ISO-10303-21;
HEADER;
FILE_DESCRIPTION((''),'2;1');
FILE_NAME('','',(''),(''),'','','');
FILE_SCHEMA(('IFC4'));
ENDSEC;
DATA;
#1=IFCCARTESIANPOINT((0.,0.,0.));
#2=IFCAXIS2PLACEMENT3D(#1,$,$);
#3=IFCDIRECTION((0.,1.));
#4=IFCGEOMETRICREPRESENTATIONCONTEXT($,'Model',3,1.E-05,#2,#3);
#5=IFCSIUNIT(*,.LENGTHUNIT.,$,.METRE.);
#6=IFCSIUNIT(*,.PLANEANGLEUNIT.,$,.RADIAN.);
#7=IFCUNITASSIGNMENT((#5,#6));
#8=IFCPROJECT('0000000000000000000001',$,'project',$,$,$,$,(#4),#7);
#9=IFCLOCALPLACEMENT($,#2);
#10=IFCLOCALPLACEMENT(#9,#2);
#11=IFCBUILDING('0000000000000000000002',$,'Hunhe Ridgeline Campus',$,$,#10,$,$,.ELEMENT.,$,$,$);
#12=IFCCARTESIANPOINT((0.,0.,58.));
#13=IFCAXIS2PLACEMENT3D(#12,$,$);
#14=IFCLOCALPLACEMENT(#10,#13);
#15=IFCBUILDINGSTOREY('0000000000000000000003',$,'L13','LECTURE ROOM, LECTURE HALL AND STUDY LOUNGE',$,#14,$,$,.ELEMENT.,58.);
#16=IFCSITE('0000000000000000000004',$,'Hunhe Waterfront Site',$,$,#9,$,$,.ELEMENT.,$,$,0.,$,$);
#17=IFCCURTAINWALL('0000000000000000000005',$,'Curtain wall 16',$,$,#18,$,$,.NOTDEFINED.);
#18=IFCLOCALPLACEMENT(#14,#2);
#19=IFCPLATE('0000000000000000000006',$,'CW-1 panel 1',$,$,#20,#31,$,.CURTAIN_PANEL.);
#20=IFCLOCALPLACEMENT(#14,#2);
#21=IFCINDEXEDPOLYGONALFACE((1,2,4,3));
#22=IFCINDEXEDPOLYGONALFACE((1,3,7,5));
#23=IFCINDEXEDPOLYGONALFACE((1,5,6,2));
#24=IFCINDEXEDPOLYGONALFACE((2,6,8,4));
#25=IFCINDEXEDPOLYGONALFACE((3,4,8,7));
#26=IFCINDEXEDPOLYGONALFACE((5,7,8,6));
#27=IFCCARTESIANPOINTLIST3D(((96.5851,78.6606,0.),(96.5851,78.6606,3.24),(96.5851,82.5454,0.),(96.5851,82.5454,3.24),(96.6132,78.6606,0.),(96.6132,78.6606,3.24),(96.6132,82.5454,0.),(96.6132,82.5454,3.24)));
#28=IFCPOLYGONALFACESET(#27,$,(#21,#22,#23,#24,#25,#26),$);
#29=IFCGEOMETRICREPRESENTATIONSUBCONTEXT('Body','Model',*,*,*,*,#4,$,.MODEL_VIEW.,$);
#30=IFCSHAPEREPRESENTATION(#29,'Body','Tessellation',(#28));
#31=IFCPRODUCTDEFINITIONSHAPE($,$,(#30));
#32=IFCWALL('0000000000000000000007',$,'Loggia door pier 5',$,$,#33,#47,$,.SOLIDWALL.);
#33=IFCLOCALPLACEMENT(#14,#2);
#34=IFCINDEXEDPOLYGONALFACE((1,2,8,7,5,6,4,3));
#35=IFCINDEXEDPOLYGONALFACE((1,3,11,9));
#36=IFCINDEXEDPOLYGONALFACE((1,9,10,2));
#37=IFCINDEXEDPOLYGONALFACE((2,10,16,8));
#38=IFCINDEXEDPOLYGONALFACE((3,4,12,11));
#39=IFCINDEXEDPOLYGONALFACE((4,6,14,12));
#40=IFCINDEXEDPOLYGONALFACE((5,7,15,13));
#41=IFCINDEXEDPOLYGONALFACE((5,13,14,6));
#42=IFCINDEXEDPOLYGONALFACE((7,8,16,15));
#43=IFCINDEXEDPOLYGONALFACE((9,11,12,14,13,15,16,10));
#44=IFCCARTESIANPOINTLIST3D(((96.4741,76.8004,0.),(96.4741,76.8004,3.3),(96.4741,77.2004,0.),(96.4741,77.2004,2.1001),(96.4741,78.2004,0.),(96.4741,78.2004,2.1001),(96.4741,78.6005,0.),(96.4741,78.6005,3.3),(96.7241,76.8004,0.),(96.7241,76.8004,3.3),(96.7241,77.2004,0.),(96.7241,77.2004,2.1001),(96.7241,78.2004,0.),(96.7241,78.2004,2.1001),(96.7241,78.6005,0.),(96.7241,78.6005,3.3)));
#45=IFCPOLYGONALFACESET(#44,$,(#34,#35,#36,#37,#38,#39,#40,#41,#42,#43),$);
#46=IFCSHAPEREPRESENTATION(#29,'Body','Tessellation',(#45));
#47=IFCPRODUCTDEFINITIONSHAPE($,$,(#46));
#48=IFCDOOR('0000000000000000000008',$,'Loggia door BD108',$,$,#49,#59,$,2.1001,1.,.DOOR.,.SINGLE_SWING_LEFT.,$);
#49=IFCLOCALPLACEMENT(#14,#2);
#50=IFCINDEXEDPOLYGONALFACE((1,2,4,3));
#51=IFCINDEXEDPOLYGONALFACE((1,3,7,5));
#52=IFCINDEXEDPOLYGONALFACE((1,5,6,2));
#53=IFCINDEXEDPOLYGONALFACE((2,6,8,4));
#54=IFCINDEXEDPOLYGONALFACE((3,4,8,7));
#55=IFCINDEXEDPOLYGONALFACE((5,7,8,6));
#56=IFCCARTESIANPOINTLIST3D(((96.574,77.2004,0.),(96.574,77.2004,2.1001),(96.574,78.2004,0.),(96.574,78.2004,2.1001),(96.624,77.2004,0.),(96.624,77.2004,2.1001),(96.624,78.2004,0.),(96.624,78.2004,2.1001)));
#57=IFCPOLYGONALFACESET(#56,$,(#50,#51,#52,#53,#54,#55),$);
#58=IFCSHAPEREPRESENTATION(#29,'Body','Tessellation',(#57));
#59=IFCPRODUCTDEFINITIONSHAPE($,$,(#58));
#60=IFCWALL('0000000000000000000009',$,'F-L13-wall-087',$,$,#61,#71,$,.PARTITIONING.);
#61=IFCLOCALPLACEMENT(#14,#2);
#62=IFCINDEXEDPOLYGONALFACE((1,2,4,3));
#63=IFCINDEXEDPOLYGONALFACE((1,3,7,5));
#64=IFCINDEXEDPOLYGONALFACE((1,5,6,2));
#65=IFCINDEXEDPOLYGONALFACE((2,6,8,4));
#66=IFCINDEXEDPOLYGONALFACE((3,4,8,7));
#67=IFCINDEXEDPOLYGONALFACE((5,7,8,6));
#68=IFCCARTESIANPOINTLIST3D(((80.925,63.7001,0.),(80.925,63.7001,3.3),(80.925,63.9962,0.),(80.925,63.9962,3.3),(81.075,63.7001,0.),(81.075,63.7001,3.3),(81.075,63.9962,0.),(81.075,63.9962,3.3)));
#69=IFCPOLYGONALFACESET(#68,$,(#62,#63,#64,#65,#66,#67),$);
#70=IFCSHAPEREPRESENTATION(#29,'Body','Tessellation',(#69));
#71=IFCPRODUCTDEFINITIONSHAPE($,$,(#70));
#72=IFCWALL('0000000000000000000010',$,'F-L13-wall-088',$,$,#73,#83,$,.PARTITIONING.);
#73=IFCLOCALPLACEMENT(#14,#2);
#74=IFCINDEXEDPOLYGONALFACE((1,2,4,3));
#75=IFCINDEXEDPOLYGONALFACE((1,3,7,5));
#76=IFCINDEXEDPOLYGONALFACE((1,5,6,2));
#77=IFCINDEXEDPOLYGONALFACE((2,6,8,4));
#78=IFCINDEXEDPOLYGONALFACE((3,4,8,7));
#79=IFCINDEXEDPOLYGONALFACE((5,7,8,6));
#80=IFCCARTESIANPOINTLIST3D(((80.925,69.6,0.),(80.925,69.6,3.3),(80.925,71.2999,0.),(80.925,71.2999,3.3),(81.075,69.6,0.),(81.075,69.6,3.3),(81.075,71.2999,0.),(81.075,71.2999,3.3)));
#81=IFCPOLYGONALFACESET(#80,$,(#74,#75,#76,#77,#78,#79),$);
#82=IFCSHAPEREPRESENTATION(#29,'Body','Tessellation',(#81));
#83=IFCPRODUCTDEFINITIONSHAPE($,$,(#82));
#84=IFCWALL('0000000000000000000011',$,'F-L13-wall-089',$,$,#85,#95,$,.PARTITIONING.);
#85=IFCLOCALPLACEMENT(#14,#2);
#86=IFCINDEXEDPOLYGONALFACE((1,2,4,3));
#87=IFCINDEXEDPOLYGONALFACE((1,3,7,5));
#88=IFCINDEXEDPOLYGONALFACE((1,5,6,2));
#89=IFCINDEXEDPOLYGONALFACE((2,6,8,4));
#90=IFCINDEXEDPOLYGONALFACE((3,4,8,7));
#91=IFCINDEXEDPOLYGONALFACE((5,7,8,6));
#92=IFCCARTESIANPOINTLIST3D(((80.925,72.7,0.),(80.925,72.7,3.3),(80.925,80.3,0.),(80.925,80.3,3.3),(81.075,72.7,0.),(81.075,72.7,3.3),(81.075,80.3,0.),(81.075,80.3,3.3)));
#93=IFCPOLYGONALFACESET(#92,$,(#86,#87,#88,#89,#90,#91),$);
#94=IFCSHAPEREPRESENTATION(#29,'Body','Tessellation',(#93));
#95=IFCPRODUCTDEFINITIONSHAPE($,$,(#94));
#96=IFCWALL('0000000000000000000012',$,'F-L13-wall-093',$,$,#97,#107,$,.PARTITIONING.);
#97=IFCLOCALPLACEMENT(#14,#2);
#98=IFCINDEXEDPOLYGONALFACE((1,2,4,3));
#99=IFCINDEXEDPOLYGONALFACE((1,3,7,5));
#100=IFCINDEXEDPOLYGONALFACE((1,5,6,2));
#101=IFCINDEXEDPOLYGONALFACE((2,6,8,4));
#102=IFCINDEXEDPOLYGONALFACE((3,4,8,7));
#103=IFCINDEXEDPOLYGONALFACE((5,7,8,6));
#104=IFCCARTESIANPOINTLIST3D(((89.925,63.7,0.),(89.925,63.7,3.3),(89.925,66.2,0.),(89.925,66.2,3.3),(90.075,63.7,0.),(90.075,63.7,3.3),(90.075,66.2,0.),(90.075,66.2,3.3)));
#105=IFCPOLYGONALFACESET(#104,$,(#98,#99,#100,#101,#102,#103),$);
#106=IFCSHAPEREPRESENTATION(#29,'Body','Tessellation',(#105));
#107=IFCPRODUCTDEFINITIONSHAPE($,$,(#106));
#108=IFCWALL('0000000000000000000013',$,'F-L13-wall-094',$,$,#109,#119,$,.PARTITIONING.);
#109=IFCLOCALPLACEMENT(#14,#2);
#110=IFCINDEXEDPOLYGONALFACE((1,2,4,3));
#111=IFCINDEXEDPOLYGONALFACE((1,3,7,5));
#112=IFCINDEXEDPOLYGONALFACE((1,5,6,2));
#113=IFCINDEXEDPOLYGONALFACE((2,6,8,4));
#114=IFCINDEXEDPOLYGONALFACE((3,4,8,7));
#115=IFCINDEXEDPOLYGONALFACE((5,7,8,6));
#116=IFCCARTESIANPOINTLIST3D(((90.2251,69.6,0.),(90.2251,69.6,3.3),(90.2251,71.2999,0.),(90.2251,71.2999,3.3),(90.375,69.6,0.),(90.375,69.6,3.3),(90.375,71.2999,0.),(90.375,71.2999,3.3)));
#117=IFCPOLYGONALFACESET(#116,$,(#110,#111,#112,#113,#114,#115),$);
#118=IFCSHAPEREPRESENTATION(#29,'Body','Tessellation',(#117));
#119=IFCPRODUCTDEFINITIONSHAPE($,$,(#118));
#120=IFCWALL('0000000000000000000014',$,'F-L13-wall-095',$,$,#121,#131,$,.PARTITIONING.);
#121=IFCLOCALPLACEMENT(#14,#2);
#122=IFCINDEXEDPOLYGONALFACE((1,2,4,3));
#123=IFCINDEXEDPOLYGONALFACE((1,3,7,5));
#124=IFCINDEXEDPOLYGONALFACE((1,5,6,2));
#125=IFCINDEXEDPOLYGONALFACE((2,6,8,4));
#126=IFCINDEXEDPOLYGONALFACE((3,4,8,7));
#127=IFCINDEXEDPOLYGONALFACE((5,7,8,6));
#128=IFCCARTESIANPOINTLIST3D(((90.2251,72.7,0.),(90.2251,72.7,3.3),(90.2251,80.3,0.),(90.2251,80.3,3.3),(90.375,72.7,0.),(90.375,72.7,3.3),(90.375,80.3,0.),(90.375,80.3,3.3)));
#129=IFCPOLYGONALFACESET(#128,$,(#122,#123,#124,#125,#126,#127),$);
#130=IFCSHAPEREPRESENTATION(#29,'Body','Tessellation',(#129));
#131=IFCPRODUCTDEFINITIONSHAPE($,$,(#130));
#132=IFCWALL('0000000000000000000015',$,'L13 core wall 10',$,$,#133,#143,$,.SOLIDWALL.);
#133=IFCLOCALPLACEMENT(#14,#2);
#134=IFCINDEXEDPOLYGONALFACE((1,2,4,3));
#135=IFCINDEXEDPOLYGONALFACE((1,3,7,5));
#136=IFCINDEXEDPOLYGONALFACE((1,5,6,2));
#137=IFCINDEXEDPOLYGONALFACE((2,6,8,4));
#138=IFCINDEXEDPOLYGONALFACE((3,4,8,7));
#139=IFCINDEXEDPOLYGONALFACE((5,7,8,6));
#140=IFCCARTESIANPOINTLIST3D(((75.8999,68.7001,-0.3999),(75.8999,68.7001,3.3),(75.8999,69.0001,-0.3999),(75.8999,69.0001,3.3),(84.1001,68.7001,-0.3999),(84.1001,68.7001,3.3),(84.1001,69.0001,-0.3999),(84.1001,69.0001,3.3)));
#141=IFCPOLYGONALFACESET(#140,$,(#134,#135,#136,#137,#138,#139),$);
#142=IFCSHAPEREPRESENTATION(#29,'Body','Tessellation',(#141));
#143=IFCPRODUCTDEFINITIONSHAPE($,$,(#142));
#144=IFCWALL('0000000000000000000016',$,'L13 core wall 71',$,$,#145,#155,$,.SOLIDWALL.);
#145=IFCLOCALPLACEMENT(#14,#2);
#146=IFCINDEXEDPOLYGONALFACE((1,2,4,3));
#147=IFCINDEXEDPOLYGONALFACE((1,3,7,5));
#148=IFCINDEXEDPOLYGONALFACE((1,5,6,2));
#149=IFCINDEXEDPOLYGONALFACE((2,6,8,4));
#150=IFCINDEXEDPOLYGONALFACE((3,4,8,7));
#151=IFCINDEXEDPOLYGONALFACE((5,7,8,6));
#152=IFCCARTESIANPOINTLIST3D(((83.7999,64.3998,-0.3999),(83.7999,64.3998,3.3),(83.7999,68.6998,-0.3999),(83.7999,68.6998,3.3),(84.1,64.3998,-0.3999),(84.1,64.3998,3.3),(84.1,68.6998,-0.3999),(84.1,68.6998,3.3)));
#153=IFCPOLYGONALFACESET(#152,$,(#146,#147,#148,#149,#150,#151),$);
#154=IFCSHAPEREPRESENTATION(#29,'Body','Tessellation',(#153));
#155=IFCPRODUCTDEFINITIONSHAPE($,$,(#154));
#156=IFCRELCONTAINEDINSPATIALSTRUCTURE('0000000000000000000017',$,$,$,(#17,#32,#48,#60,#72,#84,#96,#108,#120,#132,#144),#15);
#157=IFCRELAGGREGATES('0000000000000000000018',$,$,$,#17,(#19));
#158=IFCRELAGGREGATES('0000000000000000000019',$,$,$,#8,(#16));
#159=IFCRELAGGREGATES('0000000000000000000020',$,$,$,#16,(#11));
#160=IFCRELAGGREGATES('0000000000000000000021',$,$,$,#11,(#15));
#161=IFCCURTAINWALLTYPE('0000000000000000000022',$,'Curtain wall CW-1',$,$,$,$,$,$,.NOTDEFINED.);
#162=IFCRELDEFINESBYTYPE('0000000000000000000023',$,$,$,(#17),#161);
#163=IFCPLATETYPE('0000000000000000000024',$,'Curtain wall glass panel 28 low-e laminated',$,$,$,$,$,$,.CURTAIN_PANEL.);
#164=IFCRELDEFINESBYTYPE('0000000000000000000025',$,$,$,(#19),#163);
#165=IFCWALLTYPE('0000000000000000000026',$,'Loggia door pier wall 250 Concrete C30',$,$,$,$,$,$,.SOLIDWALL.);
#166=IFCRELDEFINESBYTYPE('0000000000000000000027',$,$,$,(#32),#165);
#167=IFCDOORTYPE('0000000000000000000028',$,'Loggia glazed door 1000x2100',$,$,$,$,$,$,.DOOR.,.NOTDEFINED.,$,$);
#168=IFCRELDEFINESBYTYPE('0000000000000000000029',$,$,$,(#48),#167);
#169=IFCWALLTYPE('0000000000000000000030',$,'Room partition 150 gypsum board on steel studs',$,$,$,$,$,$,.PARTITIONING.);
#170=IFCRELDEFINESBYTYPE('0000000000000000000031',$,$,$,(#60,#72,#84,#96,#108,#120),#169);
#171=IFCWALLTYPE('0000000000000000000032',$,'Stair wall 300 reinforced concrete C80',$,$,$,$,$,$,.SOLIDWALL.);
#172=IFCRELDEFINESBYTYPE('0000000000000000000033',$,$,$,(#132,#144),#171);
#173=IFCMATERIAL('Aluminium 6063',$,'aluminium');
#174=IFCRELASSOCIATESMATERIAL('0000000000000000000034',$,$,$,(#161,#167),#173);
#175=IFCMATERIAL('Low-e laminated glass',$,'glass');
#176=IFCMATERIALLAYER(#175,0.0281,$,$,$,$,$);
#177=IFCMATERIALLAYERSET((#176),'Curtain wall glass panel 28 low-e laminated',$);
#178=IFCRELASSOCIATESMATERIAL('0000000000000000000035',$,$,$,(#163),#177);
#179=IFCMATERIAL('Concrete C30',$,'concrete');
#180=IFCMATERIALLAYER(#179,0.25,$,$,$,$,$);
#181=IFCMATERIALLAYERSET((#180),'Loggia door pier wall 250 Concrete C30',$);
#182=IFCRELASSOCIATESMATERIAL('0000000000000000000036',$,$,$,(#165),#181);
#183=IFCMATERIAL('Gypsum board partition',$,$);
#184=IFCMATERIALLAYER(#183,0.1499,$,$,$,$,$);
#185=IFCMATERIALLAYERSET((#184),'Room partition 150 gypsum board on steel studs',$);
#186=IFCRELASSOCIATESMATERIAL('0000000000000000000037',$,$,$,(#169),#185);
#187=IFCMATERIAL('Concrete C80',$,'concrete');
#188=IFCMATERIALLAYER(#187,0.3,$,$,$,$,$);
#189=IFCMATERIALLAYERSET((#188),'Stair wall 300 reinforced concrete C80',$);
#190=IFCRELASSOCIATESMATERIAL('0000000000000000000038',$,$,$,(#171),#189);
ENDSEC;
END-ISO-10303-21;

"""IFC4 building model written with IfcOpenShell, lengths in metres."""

from ifc_helpers import new_model, si_unit, direction, frame, frame_2d, origin, origin_2d, place, context, subcontext, project, spatial, rectangle, extrude, material, layer, layer_set, type_object, element, fill, aggregate, save


model = new_model("IFC4")

# Units and contexts
model_context = context("Model", 3, precision=1e-05, world=origin(), true_north=direction((0.0, 1.0)))
body_context = subcontext(model_context, "Body", "Model", "MODEL_VIEW")
ifc_project = project(units=[si_unit("LENGTHUNIT", "METRE"), si_unit("PLANEANGLEUNIT", "RADIAN")], contexts=[model_context])

# Site, building, storey
site_placement = place(None, origin())
site = spatial("IfcSite", under=ifc_project, at=site_placement, Name="Hunhe Waterfront Site", CompositionType="ELEMENT", RefElevation=0.0)
building_placement = place(site_placement, origin())
building = spatial("IfcBuilding", under=site, at=building_placement, Name="Hunhe Ridgeline Campus", CompositionType="ELEMENT")
storey_placement = place(building_placement, frame((0.0, 0.0, 58.0)))
storey = spatial("IfcBuildingStorey", under=building, at=storey_placement, Name="L13", Description="LECTURE ROOM, LECTURE HALL AND STUDY LOUNGE", CompositionType="ELEMENT", Elevation=58.0)

# Shared definitions
ifc_material_1 = material(Name="Concrete C80", Category="concrete")

# Curtain wall
ifc_material_2 = material(Name="Aluminium 6063", Category="aluminium")
curtain_wall_type = type_object("IfcCurtainWallType", Name="Curtain wall CW-1", PredefinedType="NOTDEFINED", material=ifc_material_2)
curtain_wall_1_placement = place(storey_placement, origin())
curtain_wall_1 = element("IfcCurtainWall", 1, at=curtain_wall_1_placement, inside=storey, type_object=curtain_wall_type, Name="Curtain wall 16", PredefinedType="NOTDEFINED")

# Plate
ifc_material_3 = material(Name="Low-e laminated glass", Category="glass")
ifc_layer_1 = layer(ifc_material_3, 0.0281)
ifc_layer_set_1 = layer_set([ifc_layer_1], Name="Curtain wall glass panel 28 low-e laminated")
plate_type = type_object("IfcPlateType", Name="Curtain wall glass panel 28 low-e laminated", PredefinedType="CURTAIN_PANEL", material=ifc_layer_set_1)
plate_1_placement = place(storey_placement, frame((96.5991, 80.603, 0.0), z_axis=(0.0, 0.0, 1.0), x_axis=(0.0, 1.0, 0.0)))
plate_1 = element("IfcPlate", 2, at=plate_1_placement, type_object=plate_type, Name="CW-1 panel 1", PredefinedType="CURTAIN_PANEL", context=body_context, shape_type="SweptSolid", body=[
    extrude(rectangle(XDim=3.8848, YDim=0.0281, at=origin_2d()), origin(), (0.0, 0.0, 1.0), 3.24),
])
aggregate(curtain_wall_1, [plate_1])

# Shared definitions
ifc_material_4 = material(Name="Gypsum board partition")

# Wall, opening, door
ifc_material_5 = material(Name="Concrete C30", Category="concrete")
ifc_layer_2 = layer(ifc_material_5, 0.25)
ifc_layer_set_2 = layer_set([ifc_layer_2], Name="Loggia door pier wall 250 Concrete C30")
wall_type_1 = type_object("IfcWallType", Name="Loggia door pier wall 250 Concrete C30", PredefinedType="SOLIDWALL", material=ifc_layer_set_2)
wall_1_placement = place(storey_placement, frame((96.5991, 76.8005, 0.0), z_axis=(0.0, 0.0, 1.0), x_axis=(0.0, 1.0, 0.0)))
wall_1 = element("IfcWall", 3, at=wall_1_placement, inside=storey, type_object=wall_type_1, Name="Loggia door pier 5", PredefinedType="SOLIDWALL", context=body_context, shape_type="SweptSolid", body=[
    extrude(rectangle(XDim=1.8, YDim=0.25, at=frame_2d((0.8999, 0.0))), origin(), (0.0, 0.0, 1.0), 3.3),
])
opening_1_placement = place(wall_1_placement, frame((0.3999, 0.0, 0.0)))
opening_1 = element("IfcOpeningElement", 4, at=opening_1_placement, cuts=wall_1, PredefinedType="OPENING", context=body_context, shape_type="SweptSolid", body=[
    extrude(rectangle(XDim=1.0, YDim=2.1001, at=frame_2d((0.5, 1.05))), frame((0.0, 0.125, 0.0), z_axis=(0.0, -1.0, 0.0), x_axis=(1.0, 0.0, 0.0)), (0.0, 0.0, 1.0), 0.25),
])
door_type_1 = type_object("IfcDoorType", Name="Loggia glazed door 1000x2100", OperationType="NOTDEFINED", PredefinedType="DOOR", material=ifc_material_2)
door_1_placement = place(opening_1_placement, frame((1.0, 0.0, 0.0), z_axis=(0.0, 0.0, 1.0), x_axis=(-1.0, 0.0, 0.0)))
door_1 = element("IfcDoor", 5, at=door_1_placement, inside=storey, type_object=door_type_1, Name="Loggia door BD108", OperationType="SINGLE_SWING_LEFT", OverallHeight=2.1001, OverallWidth=1.0, PredefinedType="DOOR", context=body_context, shape_type="SweptSolid", body=[
    extrude(rectangle(XDim=1.0, YDim=2.1001, at=frame_2d((0.5, 1.05))), frame((0.0, 0.0249, 0.0), z_axis=(0.0, -1.0, 0.0), x_axis=(1.0, 0.0, 0.0)), (0.0, 0.0, 1.0), 0.05),
])
fill(opening_1, door_1)

# Walls
ifc_layer_3 = layer(ifc_material_4, 0.1499)
ifc_layer_set_3 = layer_set([ifc_layer_3], Name="Room partition 150 gypsum board on steel studs")
wall_type_2 = type_object("IfcWallType", Name="Room partition 150 gypsum board on steel studs", PredefinedType="PARTITIONING", material=ifc_layer_set_3)
wall_2_placement = place(storey_placement, frame((81.0, 63.9961, 0.0), z_axis=(0.0, 0.0, 1.0), x_axis=(0.0, -1.0, 0.0)))
element("IfcWall", 6, at=wall_2_placement, inside=storey, type_object=wall_type_2, Name="F-L13-wall-087", PredefinedType="PARTITIONING", context=body_context, shape_type="SweptSolid", body=[
    extrude(rectangle(XDim=0.2961, YDim=0.1499, at=frame_2d((0.1479, 0.0))), origin(), (0.0, 0.0, 1.0), 3.3),
])
wall_3_placement = place(storey_placement, frame((81.0, 71.3, 0.0), z_axis=(0.0, 0.0, 1.0), x_axis=(0.0, -1.0, 0.0)))
element("IfcWall", 7, at=wall_3_placement, inside=storey, type_object=wall_type_2, Name="F-L13-wall-088", PredefinedType="PARTITIONING", context=body_context, shape_type="SweptSolid", body=[
    extrude(rectangle(XDim=1.7, YDim=0.1499, at=frame_2d((0.8501, 0.0))), origin(), (0.0, 0.0, 1.0), 3.3),
])
wall_4_placement = place(storey_placement, frame((81.0, 80.3, 0.0), z_axis=(0.0, 0.0, 1.0), x_axis=(0.0, -1.0, 0.0)))
element("IfcWall", 8, at=wall_4_placement, inside=storey, type_object=wall_type_2, Name="F-L13-wall-089", PredefinedType="PARTITIONING", context=body_context, shape_type="SweptSolid", body=[
    extrude(rectangle(XDim=7.6001, YDim=0.1499, at=frame_2d((3.8, 0.0))), origin(), (0.0, 0.0, 1.0), 3.3),
])
wall_5_placement = place(storey_placement, frame((90.0, 66.2, 0.0), z_axis=(0.0, 0.0, 1.0), x_axis=(0.0, -1.0, 0.0)))
element("IfcWall", 9, at=wall_5_placement, inside=storey, type_object=wall_type_2, Name="F-L13-wall-093", PredefinedType="PARTITIONING", context=body_context, shape_type="SweptSolid", body=[
    extrude(rectangle(XDim=2.5, YDim=0.1499, at=frame_2d((1.25, 0.0))), origin(), (0.0, 0.0, 1.0), 3.3),
])
wall_6_placement = place(storey_placement, frame((90.3, 71.3, 0.0), z_axis=(0.0, 0.0, 1.0), x_axis=(0.0, -1.0, 0.0)))
element("IfcWall", 10, at=wall_6_placement, inside=storey, type_object=wall_type_2, Name="F-L13-wall-094", PredefinedType="PARTITIONING", context=body_context, shape_type="SweptSolid", body=[
    extrude(rectangle(XDim=1.7, YDim=0.1499, at=frame_2d((0.8501, 0.0))), origin(), (0.0, 0.0, 1.0), 3.3),
])
wall_7_placement = place(storey_placement, frame((90.3, 80.3, 0.0), z_axis=(0.0, 0.0, 1.0), x_axis=(0.0, -1.0, 0.0)))
element("IfcWall", 11, at=wall_7_placement, inside=storey, type_object=wall_type_2, Name="F-L13-wall-095", PredefinedType="PARTITIONING", context=body_context, shape_type="SweptSolid", body=[
    extrude(rectangle(XDim=7.6001, YDim=0.1499, at=frame_2d((3.8, 0.0))), origin(), (0.0, 0.0, 1.0), 3.3),
])
ifc_layer_4 = layer(ifc_material_1, 0.3)
ifc_layer_set_4 = layer_set([ifc_layer_4], Name="Stair wall 300 reinforced concrete C80")
wall_type_3 = type_object("IfcWallType", Name="Stair wall 300 reinforced concrete C80", PredefinedType="SOLIDWALL", material=ifc_layer_set_4)
wall_8_placement = place(storey_placement, frame((75.8999, 68.8501, -0.3999), z_axis=(0.0, 0.0, 1.0), x_axis=(1.0, 0.0, 0.0)))
element("IfcWall", 12, at=wall_8_placement, inside=storey, type_object=wall_type_3, Name="L13 core wall 10", PredefinedType="SOLIDWALL", context=body_context, shape_type="SweptSolid", body=[
    extrude(rectangle(XDim=8.2002, YDim=0.3, at=frame_2d((4.1001, 0.0))), origin(), (0.0, 0.0, 1.0), 3.7),
])

# Wall
wall_9_placement = place(storey_placement, frame((83.95, 64.3999, -0.3999), z_axis=(0.0, 0.0, 1.0), x_axis=(0.0, 1.0, 0.0)))
element("IfcWall", 13, at=wall_9_placement, inside=storey, type_object=wall_type_3, Name="L13 core wall 71", PredefinedType="SOLIDWALL", context=body_context, shape_type="SweptSolid", body=[
    extrude(rectangle(XDim=4.3, YDim=0.3, at=frame_2d((2.1499, 0.0))), origin(), (0.0, 0.0, 1.0), 3.7),
])

save(model, "model.ifc")
